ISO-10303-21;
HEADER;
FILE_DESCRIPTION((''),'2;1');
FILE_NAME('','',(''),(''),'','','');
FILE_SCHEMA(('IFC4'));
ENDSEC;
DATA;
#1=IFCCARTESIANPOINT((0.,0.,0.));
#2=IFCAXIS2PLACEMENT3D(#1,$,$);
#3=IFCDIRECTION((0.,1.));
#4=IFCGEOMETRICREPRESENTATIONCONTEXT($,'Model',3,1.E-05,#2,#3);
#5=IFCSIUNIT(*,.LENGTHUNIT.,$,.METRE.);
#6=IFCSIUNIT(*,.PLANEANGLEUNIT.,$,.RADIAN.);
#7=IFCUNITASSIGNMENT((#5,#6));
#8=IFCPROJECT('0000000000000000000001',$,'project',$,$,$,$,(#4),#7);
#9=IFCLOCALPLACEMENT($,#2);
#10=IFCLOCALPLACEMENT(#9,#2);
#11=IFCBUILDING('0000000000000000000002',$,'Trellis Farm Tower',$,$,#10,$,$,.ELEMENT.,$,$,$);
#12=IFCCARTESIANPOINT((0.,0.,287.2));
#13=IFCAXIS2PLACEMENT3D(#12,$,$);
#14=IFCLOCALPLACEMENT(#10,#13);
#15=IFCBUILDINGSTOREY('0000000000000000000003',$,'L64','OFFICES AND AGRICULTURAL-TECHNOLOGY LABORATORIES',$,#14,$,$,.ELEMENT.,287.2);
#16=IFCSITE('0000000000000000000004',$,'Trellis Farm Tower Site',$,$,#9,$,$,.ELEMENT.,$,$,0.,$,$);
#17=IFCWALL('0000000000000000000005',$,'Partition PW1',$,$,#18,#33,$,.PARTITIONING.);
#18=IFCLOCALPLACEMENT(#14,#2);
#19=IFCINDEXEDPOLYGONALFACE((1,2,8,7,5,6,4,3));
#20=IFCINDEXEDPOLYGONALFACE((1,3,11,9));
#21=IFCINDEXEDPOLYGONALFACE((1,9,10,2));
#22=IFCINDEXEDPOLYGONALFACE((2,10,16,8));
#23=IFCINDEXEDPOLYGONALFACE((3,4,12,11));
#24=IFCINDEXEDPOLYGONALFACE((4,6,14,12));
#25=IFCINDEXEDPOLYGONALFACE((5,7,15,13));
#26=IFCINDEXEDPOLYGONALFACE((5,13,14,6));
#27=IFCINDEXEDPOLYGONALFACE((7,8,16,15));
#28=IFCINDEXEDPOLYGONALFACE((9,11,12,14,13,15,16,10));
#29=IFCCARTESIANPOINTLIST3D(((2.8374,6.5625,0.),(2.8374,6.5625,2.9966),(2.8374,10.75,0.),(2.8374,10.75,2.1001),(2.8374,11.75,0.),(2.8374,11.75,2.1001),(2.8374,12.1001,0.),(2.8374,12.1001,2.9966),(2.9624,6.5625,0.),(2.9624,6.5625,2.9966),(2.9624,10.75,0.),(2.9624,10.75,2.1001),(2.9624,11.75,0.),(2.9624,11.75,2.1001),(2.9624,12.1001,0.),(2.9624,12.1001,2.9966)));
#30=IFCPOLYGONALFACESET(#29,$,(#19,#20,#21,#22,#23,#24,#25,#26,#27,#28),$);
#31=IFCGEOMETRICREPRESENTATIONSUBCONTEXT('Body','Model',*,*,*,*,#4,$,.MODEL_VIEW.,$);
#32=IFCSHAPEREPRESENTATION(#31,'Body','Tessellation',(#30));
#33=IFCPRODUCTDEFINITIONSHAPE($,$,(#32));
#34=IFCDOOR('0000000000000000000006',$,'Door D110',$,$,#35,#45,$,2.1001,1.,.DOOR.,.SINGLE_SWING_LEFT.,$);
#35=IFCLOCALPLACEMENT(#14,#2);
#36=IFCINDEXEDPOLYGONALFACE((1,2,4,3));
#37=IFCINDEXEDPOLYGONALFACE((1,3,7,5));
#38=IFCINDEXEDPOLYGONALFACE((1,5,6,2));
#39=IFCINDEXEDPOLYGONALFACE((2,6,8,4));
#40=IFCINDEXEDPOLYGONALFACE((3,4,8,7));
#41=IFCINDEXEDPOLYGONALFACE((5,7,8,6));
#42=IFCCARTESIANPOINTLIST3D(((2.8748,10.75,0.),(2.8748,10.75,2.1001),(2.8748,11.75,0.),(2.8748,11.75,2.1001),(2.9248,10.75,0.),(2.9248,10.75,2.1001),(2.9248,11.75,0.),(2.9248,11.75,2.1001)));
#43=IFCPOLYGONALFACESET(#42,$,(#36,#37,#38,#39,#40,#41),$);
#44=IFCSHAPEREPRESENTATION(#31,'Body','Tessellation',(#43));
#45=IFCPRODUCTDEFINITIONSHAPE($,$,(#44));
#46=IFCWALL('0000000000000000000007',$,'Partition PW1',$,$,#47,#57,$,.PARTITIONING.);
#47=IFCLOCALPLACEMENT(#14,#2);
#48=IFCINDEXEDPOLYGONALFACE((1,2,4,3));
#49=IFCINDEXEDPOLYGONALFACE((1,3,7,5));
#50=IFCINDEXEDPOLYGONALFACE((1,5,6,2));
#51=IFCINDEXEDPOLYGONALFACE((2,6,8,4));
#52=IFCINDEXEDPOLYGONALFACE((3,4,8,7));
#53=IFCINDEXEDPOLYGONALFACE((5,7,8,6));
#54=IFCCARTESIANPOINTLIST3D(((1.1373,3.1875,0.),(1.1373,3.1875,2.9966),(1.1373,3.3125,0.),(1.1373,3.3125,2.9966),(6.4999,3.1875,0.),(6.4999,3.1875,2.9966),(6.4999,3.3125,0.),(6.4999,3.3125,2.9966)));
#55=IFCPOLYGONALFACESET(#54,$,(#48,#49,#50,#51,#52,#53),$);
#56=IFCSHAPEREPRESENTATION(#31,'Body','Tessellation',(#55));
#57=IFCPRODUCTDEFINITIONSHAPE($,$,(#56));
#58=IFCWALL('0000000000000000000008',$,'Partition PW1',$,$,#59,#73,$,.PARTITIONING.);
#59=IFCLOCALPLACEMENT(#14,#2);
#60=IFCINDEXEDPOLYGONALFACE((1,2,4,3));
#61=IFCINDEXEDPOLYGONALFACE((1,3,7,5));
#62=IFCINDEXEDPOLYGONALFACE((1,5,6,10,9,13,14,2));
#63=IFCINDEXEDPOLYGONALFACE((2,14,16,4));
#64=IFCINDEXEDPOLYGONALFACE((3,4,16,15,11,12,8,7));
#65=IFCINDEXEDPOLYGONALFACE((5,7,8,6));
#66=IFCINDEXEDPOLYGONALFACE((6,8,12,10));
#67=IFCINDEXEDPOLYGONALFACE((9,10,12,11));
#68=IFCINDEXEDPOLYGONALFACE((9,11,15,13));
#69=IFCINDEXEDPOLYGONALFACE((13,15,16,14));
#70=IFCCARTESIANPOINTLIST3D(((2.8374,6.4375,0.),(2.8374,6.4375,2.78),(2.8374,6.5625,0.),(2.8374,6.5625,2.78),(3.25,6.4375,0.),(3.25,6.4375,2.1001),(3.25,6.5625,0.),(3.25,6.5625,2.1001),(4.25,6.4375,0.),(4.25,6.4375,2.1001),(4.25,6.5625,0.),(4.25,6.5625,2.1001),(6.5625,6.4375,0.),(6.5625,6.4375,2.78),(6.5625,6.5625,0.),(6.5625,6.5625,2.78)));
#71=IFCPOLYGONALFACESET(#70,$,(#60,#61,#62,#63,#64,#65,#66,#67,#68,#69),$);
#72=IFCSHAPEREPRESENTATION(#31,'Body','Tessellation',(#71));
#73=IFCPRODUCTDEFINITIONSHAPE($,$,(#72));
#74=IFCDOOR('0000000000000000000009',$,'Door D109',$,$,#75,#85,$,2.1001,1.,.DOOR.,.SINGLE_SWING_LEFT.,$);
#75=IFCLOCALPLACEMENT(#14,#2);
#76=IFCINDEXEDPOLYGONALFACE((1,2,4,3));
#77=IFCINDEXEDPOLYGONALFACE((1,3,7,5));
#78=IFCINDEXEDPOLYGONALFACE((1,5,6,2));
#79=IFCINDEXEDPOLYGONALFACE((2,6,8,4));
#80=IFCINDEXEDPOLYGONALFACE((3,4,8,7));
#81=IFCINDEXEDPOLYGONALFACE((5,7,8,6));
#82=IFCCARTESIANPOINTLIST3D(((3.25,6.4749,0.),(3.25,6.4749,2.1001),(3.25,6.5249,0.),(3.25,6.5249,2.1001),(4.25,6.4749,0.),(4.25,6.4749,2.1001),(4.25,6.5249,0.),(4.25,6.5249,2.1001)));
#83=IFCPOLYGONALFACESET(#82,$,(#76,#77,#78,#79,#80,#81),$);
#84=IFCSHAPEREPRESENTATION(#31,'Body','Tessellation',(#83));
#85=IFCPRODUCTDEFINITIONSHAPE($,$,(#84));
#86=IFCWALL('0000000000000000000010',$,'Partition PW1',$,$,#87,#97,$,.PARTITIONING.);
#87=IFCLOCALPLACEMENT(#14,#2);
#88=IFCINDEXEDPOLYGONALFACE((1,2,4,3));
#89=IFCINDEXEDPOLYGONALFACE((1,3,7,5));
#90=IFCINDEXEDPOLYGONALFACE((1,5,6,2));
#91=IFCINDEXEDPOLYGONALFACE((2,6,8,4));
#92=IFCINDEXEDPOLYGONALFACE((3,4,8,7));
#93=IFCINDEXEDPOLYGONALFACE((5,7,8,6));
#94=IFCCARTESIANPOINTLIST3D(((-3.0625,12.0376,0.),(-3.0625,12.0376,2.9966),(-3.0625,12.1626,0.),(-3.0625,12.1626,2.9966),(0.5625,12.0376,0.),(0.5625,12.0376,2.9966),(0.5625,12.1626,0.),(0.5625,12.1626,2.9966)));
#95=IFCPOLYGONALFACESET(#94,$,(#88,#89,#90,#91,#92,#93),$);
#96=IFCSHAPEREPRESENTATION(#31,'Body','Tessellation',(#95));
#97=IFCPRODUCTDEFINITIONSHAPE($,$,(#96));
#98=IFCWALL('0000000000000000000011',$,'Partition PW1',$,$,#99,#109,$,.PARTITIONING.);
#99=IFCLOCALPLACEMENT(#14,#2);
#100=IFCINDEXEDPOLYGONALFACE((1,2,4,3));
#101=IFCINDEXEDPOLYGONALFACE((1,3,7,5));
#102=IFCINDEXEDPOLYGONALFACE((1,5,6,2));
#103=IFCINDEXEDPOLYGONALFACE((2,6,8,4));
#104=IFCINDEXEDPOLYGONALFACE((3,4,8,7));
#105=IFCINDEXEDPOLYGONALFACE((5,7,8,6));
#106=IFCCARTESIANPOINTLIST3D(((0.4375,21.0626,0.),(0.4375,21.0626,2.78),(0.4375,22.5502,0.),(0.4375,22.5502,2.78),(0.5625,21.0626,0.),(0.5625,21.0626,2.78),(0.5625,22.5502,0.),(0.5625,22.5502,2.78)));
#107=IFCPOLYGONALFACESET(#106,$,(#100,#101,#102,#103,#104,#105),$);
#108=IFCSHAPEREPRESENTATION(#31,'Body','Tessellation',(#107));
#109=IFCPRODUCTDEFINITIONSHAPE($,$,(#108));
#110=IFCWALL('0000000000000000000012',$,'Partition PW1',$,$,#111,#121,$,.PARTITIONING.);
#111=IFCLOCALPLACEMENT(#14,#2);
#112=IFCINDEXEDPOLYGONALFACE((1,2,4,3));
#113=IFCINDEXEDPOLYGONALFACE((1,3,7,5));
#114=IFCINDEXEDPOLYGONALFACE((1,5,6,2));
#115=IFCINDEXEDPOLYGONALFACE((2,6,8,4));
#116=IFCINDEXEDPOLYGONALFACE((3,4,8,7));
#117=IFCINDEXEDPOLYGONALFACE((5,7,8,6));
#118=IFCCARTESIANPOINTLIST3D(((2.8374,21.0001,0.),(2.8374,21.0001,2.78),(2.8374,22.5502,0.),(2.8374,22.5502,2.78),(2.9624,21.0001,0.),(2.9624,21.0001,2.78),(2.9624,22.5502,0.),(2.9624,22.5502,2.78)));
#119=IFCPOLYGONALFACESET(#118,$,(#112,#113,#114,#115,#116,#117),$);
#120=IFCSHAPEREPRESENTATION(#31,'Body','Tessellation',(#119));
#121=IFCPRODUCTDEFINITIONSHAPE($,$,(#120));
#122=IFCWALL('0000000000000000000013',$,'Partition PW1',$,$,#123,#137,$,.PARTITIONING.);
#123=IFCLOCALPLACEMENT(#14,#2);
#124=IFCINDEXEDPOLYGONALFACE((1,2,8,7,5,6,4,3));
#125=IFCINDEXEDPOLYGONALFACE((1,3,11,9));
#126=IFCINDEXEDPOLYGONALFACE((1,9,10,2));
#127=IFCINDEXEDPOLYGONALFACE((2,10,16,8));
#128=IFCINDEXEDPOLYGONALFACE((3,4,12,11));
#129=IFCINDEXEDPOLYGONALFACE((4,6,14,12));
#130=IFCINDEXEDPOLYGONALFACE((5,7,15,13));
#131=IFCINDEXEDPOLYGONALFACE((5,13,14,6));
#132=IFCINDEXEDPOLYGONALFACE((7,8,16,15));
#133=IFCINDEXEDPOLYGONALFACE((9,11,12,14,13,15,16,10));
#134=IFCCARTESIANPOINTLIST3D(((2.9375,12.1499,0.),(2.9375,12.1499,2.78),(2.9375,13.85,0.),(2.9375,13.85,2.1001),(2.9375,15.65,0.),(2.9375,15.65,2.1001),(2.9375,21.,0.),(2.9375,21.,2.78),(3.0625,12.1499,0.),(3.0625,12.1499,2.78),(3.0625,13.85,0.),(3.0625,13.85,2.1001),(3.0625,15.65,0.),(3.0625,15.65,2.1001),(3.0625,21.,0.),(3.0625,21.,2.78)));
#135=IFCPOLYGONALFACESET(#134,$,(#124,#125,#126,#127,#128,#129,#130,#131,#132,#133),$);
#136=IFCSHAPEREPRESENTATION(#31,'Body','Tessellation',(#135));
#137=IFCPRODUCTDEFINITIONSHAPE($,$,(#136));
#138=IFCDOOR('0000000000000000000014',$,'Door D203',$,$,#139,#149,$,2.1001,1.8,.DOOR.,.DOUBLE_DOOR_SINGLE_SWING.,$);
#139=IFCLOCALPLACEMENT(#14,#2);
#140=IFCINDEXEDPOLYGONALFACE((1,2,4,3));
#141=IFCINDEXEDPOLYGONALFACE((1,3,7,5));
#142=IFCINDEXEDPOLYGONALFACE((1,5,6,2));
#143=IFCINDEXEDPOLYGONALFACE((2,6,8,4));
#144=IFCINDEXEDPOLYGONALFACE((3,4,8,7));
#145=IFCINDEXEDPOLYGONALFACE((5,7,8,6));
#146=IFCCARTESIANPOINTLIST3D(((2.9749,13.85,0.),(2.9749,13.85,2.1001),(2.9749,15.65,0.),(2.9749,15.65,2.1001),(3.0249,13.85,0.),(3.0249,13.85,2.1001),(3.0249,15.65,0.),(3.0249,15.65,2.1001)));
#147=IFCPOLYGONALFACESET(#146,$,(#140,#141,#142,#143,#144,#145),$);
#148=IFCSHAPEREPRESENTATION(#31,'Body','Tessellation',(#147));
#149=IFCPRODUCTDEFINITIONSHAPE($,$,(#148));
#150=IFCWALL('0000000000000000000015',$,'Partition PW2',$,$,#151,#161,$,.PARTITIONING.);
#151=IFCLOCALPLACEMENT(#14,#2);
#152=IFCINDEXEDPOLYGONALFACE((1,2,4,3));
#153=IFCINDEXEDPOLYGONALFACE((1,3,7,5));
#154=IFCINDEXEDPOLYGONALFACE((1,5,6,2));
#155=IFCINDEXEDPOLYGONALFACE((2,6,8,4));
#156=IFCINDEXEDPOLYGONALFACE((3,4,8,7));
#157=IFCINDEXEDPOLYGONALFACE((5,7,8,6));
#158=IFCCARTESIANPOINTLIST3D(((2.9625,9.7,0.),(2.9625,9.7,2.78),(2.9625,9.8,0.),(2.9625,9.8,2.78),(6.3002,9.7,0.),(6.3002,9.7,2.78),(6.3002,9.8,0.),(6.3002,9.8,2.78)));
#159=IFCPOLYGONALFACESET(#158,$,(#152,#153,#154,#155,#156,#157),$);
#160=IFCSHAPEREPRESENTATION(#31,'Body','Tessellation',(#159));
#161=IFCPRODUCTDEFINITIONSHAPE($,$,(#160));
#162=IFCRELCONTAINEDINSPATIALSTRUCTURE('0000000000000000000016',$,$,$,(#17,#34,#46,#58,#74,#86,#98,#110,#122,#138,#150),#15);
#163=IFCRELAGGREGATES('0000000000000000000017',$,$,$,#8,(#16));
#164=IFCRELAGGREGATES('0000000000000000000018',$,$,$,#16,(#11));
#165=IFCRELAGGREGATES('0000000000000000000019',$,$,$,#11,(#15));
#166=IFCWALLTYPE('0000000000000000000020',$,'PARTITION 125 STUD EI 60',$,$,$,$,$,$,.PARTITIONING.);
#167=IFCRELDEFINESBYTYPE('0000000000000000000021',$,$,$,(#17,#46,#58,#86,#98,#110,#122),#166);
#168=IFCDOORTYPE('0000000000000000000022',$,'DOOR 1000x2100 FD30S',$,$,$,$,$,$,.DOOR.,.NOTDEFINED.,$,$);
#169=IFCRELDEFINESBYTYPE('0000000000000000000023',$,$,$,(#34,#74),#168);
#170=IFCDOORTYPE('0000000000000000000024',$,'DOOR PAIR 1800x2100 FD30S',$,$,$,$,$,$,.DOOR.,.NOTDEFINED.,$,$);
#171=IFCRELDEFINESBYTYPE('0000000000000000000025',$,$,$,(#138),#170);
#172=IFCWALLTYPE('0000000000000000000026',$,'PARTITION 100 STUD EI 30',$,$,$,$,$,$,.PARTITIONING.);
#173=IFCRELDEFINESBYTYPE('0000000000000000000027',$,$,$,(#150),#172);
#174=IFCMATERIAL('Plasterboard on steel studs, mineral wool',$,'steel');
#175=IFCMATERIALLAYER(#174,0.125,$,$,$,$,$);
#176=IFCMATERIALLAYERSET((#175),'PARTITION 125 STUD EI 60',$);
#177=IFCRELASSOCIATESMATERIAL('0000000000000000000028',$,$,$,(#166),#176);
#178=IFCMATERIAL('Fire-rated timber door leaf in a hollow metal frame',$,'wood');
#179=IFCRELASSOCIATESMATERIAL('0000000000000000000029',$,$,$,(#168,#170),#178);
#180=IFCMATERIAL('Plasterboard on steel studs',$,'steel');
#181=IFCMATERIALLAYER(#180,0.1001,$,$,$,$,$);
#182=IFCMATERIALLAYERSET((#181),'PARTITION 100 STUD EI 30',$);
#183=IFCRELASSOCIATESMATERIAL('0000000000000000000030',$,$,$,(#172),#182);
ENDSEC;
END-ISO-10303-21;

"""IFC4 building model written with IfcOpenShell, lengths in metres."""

from ifc_helpers import new_model, si_unit, direction, frame, frame_2d, origin, place, context, subcontext, project, spatial, rectangle, extrude, source, transform, mapped, material, layer, layer_set, type_object, element, fill, save


model = new_model("IFC4")

# Units and contexts
model_context = context("Model", 3, precision=1e-05, world=origin(), true_north=direction((0.0, 1.0)))
body_context = subcontext(model_context, "Body", "Model", "MODEL_VIEW")
ifc_project = project(units=[si_unit("LENGTHUNIT", "METRE"), si_unit("PLANEANGLEUNIT", "RADIAN")], contexts=[model_context])

# Site, building, storey
site_placement = place(None, origin())
site = spatial("IfcSite", under=ifc_project, at=site_placement, Name="Trellis Farm Tower Site", CompositionType="ELEMENT", RefElevation=0.0)
building_placement = place(site_placement, origin())
building = spatial("IfcBuilding", under=site, at=building_placement, Name="Trellis Farm Tower", CompositionType="ELEMENT")
storey_placement = place(building_placement, frame((0.0, 0.0, 287.2)))
storey = spatial("IfcBuildingStorey", under=building, at=storey_placement, Name="L64", Description="OFFICES AND AGRICULTURAL-TECHNOLOGY LABORATORIES", CompositionType="ELEMENT", Elevation=287.2)

# Shared definitions
ifc_material_1 = material(Name="Plasterboard on steel studs, mineral wool", Category="steel")
ifc_layer_1 = layer(ifc_material_1, 0.125)
ifc_layer_set_1 = layer_set([ifc_layer_1], Name="PARTITION 125 STUD EI 60")
wall_type_1 = type_object("IfcWallType", Name="PARTITION 125 STUD EI 60", PredefinedType="PARTITIONING", material=ifc_layer_set_1)

# Wall, opening, door
shared_shape_1 = source(origin(), body_context, "Body", "SweptSolid", [
    extrude(rectangle(XDim=5.5376, YDim=0.125, at=frame_2d((2.7688, 0.0))), origin(), (0.0, 0.0, 1.0), 2.9966),
])
wall_1_placement = place(storey_placement, frame((2.8999, 12.1001, 0.0), z_axis=(0.0, 0.0, 1.0), x_axis=(0.0, -1.0, 0.0)))
wall_1 = element("IfcWall", 1, at=wall_1_placement, inside=storey, type_object=wall_type_1, Name="Partition PW1", PredefinedType="PARTITIONING", context=body_context, shape_type="MappedRepresentation", body=[
    mapped(shared_shape_1, transform((0.0, 0.0, 0.0))),
])
shared_shape_2 = source(origin(), body_context, "Body", "SweptSolid", [
    extrude(rectangle(XDim=1.0, YDim=2.1001, at=frame_2d((0.5, 1.05))), frame((0.0, 0.0725, 0.0), z_axis=(0.0, -1.0, 0.0), x_axis=(1.0, 0.0, 0.0)), (0.0, 0.0, 1.0), 0.145),
])
opening_1_placement = place(wall_1_placement, frame((0.3501, 0.0, 0.0)))
opening_1 = element("IfcOpeningElement", 2, at=opening_1_placement, cuts=wall_1, PredefinedType="OPENING", context=body_context, shape_type="MappedRepresentation", body=[
    mapped(shared_shape_2, transform((0.0, 0.0, 0.0))),
])
ifc_material_2 = material(Name="Fire-rated timber door leaf in a hollow metal frame", Category="wood")
door_type_1 = type_object("IfcDoorType", Name="DOOR 1000x2100 FD30S", OperationType="NOTDEFINED", PredefinedType="DOOR", material=ifc_material_2)
shared_shape_3 = source(origin(), body_context, "Body", "SweptSolid", [
    extrude(rectangle(XDim=1.0, YDim=2.1001, at=frame_2d((0.5, 1.05))), frame((0.0, 0.0249, 0.0), z_axis=(0.0, -1.0, 0.0), x_axis=(1.0, 0.0, 0.0)), (0.0, 0.0, 1.0), 0.05),
])
door_1_placement = place(opening_1_placement, origin())
door_1 = element("IfcDoor", 3, at=door_1_placement, inside=storey, type_object=door_type_1, Name="Door D110", OperationType="SINGLE_SWING_LEFT", OverallHeight=2.1001, OverallWidth=1.0, PredefinedType="DOOR", context=body_context, shape_type="MappedRepresentation", body=[
    mapped(shared_shape_3, transform((0.0, 0.0, 0.0))),
])
fill(opening_1, door_1)

# Wall
shared_shape_4 = source(origin(), body_context, "Body", "SweptSolid", [
    extrude(rectangle(XDim=5.3625, YDim=0.125, at=frame_2d((2.6812, 0.0))), origin(), (0.0, 0.0, 1.0), 2.9966),
])
wall_2_placement = place(storey_placement, frame((1.1375, 3.25, 0.0), z_axis=(0.0, 0.0, 1.0), x_axis=(1.0, 0.0, 0.0)))
element("IfcWall", 4, at=wall_2_placement, inside=storey, type_object=wall_type_1, Name="Partition PW1", PredefinedType="PARTITIONING", context=body_context, shape_type="MappedRepresentation", body=[
    mapped(shared_shape_4, transform((0.0, 0.0, 0.0))),
])

# Wall, opening, door
shared_shape_5 = source(origin(), body_context, "Body", "SweptSolid", [
    extrude(rectangle(XDim=3.7251, YDim=0.125, at=frame_2d((1.8625, 0.0))), origin(), (0.0, 0.0, 1.0), 2.78),
])
wall_3_placement = place(storey_placement, frame((2.8374, 6.5, 0.0), z_axis=(0.0, 0.0, 1.0), x_axis=(1.0, 0.0, 0.0)))
wall_3 = element("IfcWall", 5, at=wall_3_placement, inside=storey, type_object=wall_type_1, Name="Partition PW1", PredefinedType="PARTITIONING", context=body_context, shape_type="MappedRepresentation", body=[
    mapped(shared_shape_5, transform((0.0, 0.0, 0.0))),
])
opening_2_placement = place(wall_3_placement, frame((0.4126, 0.0, 0.0)))
opening_2 = element("IfcOpeningElement", 6, at=opening_2_placement, cuts=wall_3, PredefinedType="OPENING", context=body_context, shape_type="MappedRepresentation", body=[
    mapped(shared_shape_2, transform((0.0, 0.0, 0.0))),
])
door_2_placement = place(opening_2_placement, origin())
door_2 = element("IfcDoor", 7, at=door_2_placement, inside=storey, type_object=door_type_1, Name="Door D109", OperationType="SINGLE_SWING_LEFT", OverallHeight=2.1001, OverallWidth=1.0, PredefinedType="DOOR", context=body_context, shape_type="MappedRepresentation", body=[
    mapped(shared_shape_3, transform((0.0, 0.0, 0.0))),
])
fill(opening_2, door_2)

# Walls
shared_shape_6 = source(origin(), body_context, "Body", "SweptSolid", [
    extrude(rectangle(XDim=3.625, YDim=0.125, at=frame_2d((1.8125, 0.0))), origin(), (0.0, 0.0, 1.0), 2.9966),
])
wall_4_placement = place(storey_placement, frame((0.5625, 12.1001, 0.0), z_axis=(0.0, 0.0, 1.0), x_axis=(-1.0, 0.0, 0.0)))
element("IfcWall", 8, at=wall_4_placement, inside=storey, type_object=wall_type_1, Name="Partition PW1", PredefinedType="PARTITIONING", context=body_context, shape_type="MappedRepresentation", body=[
    mapped(shared_shape_6, transform((0.0, 0.0, 0.0))),
])
shared_shape_7 = source(origin(), body_context, "Body", "SweptSolid", [
    extrude(rectangle(XDim=1.4875, YDim=0.125, at=frame_2d((0.7437, 0.0))), origin(), (0.0, 0.0, 1.0), 2.78),
])
wall_5_placement = place(storey_placement, frame((0.5, 22.55, 0.0), z_axis=(0.0, 0.0, 1.0), x_axis=(0.0, -1.0, 0.0)))
element("IfcWall", 9, at=wall_5_placement, inside=storey, type_object=wall_type_1, Name="Partition PW1", PredefinedType="PARTITIONING", context=body_context, shape_type="MappedRepresentation", body=[
    mapped(shared_shape_7, transform((0.0, 0.0, 0.0))),
])
shared_shape_8 = source(origin(), body_context, "Body", "SweptSolid", [
    extrude(rectangle(XDim=1.55, YDim=0.125, at=frame_2d((0.7749, 0.0))), origin(), (0.0, 0.0, 1.0), 2.78),
])
wall_6_placement = place(storey_placement, frame((2.8999, 22.55, 0.0), z_axis=(0.0, 0.0, 1.0), x_axis=(0.0, -1.0, 0.0)))
element("IfcWall", 10, at=wall_6_placement, inside=storey, type_object=wall_type_1, Name="Partition PW1", PredefinedType="PARTITIONING", context=body_context, shape_type="MappedRepresentation", body=[
    mapped(shared_shape_8, transform((0.0, 0.0, 0.0))),
])

# Wall, opening, door
shared_shape_9 = source(origin(), body_context, "Body", "SweptSolid", [
    extrude(rectangle(XDim=8.8501, YDim=0.125, at=frame_2d((4.425, 0.0))), origin(), (0.0, 0.0, 1.0), 2.78),
])
wall_7_placement = place(storey_placement, frame((3.0, 21.0, 0.0), z_axis=(0.0, 0.0, 1.0), x_axis=(0.0, -1.0, 0.0)))
wall_7 = element("IfcWall", 11, at=wall_7_placement, inside=storey, type_object=wall_type_1, Name="Partition PW1", PredefinedType="PARTITIONING", context=body_context, shape_type="MappedRepresentation", body=[
    mapped(shared_shape_9, transform((0.0, 0.0, 0.0))),
])
shared_shape_10 = source(origin(), body_context, "Body", "SweptSolid", [
    extrude(rectangle(XDim=1.8, YDim=2.1001, at=frame_2d((0.8999, 1.05))), frame((0.0, 0.0725, 0.0), z_axis=(0.0, -1.0, 0.0), x_axis=(1.0, 0.0, 0.0)), (0.0, 0.0, 1.0), 0.145),
])
opening_3_placement = place(wall_7_placement, frame((5.3501, 0.0, 0.0)))
opening_3 = element("IfcOpeningElement", 12, at=opening_3_placement, cuts=wall_7, PredefinedType="OPENING", context=body_context, shape_type="MappedRepresentation", body=[
    mapped(shared_shape_10, transform((0.0, 0.0, 0.0))),
])
door_type_2 = type_object("IfcDoorType", Name="DOOR PAIR 1800x2100 FD30S", OperationType="NOTDEFINED", PredefinedType="DOOR", material=ifc_material_2)
shared_shape_11 = source(origin(), body_context, "Body", "SweptSolid", [
    extrude(rectangle(XDim=1.8, YDim=2.1001, at=frame_2d((0.8999, 1.05))), frame((0.0, 0.0249, 0.0), z_axis=(0.0, -1.0, 0.0), x_axis=(1.0, 0.0, 0.0)), (0.0, 0.0, 1.0), 0.05),
])
door_3_placement = place(opening_3_placement, origin())
door_3 = element("IfcDoor", 13, at=door_3_placement, inside=storey, type_object=door_type_2, Name="Door D203", OperationType="DOUBLE_DOOR_SINGLE_SWING", OverallHeight=2.1001, OverallWidth=1.8, PredefinedType="DOOR", context=body_context, shape_type="MappedRepresentation", body=[
    mapped(shared_shape_11, transform((0.0, 0.0, 0.0))),
])
fill(opening_3, door_3)

# Wall
ifc_material_3 = material(Name="Plasterboard on steel studs", Category="steel")
ifc_layer_2 = layer(ifc_material_3, 0.1001)
ifc_layer_set_2 = layer_set([ifc_layer_2], Name="PARTITION 100 STUD EI 30")
wall_type_2 = type_object("IfcWallType", Name="PARTITION 100 STUD EI 30", PredefinedType="PARTITIONING", material=ifc_layer_set_2)
shared_shape_12 = source(origin(), body_context, "Body", "SweptSolid", [
    extrude(rectangle(XDim=3.3376, YDim=0.1001, at=frame_2d((1.6689, 0.0))), origin(), (0.0, 0.0, 1.0), 2.78),
])
wall_8_placement = place(storey_placement, frame((2.9624, 9.75, 0.0), z_axis=(0.0, 0.0, 1.0), x_axis=(1.0, 0.0, 0.0)))
element("IfcWall", 14, at=wall_8_placement, inside=storey, type_object=wall_type_2, Name="Partition PW2", PredefinedType="PARTITIONING", context=body_context, shape_type="MappedRepresentation", body=[
    mapped(shared_shape_12, transform((0.0, 0.0, 0.0))),
])

save(model, "model.ifc")
